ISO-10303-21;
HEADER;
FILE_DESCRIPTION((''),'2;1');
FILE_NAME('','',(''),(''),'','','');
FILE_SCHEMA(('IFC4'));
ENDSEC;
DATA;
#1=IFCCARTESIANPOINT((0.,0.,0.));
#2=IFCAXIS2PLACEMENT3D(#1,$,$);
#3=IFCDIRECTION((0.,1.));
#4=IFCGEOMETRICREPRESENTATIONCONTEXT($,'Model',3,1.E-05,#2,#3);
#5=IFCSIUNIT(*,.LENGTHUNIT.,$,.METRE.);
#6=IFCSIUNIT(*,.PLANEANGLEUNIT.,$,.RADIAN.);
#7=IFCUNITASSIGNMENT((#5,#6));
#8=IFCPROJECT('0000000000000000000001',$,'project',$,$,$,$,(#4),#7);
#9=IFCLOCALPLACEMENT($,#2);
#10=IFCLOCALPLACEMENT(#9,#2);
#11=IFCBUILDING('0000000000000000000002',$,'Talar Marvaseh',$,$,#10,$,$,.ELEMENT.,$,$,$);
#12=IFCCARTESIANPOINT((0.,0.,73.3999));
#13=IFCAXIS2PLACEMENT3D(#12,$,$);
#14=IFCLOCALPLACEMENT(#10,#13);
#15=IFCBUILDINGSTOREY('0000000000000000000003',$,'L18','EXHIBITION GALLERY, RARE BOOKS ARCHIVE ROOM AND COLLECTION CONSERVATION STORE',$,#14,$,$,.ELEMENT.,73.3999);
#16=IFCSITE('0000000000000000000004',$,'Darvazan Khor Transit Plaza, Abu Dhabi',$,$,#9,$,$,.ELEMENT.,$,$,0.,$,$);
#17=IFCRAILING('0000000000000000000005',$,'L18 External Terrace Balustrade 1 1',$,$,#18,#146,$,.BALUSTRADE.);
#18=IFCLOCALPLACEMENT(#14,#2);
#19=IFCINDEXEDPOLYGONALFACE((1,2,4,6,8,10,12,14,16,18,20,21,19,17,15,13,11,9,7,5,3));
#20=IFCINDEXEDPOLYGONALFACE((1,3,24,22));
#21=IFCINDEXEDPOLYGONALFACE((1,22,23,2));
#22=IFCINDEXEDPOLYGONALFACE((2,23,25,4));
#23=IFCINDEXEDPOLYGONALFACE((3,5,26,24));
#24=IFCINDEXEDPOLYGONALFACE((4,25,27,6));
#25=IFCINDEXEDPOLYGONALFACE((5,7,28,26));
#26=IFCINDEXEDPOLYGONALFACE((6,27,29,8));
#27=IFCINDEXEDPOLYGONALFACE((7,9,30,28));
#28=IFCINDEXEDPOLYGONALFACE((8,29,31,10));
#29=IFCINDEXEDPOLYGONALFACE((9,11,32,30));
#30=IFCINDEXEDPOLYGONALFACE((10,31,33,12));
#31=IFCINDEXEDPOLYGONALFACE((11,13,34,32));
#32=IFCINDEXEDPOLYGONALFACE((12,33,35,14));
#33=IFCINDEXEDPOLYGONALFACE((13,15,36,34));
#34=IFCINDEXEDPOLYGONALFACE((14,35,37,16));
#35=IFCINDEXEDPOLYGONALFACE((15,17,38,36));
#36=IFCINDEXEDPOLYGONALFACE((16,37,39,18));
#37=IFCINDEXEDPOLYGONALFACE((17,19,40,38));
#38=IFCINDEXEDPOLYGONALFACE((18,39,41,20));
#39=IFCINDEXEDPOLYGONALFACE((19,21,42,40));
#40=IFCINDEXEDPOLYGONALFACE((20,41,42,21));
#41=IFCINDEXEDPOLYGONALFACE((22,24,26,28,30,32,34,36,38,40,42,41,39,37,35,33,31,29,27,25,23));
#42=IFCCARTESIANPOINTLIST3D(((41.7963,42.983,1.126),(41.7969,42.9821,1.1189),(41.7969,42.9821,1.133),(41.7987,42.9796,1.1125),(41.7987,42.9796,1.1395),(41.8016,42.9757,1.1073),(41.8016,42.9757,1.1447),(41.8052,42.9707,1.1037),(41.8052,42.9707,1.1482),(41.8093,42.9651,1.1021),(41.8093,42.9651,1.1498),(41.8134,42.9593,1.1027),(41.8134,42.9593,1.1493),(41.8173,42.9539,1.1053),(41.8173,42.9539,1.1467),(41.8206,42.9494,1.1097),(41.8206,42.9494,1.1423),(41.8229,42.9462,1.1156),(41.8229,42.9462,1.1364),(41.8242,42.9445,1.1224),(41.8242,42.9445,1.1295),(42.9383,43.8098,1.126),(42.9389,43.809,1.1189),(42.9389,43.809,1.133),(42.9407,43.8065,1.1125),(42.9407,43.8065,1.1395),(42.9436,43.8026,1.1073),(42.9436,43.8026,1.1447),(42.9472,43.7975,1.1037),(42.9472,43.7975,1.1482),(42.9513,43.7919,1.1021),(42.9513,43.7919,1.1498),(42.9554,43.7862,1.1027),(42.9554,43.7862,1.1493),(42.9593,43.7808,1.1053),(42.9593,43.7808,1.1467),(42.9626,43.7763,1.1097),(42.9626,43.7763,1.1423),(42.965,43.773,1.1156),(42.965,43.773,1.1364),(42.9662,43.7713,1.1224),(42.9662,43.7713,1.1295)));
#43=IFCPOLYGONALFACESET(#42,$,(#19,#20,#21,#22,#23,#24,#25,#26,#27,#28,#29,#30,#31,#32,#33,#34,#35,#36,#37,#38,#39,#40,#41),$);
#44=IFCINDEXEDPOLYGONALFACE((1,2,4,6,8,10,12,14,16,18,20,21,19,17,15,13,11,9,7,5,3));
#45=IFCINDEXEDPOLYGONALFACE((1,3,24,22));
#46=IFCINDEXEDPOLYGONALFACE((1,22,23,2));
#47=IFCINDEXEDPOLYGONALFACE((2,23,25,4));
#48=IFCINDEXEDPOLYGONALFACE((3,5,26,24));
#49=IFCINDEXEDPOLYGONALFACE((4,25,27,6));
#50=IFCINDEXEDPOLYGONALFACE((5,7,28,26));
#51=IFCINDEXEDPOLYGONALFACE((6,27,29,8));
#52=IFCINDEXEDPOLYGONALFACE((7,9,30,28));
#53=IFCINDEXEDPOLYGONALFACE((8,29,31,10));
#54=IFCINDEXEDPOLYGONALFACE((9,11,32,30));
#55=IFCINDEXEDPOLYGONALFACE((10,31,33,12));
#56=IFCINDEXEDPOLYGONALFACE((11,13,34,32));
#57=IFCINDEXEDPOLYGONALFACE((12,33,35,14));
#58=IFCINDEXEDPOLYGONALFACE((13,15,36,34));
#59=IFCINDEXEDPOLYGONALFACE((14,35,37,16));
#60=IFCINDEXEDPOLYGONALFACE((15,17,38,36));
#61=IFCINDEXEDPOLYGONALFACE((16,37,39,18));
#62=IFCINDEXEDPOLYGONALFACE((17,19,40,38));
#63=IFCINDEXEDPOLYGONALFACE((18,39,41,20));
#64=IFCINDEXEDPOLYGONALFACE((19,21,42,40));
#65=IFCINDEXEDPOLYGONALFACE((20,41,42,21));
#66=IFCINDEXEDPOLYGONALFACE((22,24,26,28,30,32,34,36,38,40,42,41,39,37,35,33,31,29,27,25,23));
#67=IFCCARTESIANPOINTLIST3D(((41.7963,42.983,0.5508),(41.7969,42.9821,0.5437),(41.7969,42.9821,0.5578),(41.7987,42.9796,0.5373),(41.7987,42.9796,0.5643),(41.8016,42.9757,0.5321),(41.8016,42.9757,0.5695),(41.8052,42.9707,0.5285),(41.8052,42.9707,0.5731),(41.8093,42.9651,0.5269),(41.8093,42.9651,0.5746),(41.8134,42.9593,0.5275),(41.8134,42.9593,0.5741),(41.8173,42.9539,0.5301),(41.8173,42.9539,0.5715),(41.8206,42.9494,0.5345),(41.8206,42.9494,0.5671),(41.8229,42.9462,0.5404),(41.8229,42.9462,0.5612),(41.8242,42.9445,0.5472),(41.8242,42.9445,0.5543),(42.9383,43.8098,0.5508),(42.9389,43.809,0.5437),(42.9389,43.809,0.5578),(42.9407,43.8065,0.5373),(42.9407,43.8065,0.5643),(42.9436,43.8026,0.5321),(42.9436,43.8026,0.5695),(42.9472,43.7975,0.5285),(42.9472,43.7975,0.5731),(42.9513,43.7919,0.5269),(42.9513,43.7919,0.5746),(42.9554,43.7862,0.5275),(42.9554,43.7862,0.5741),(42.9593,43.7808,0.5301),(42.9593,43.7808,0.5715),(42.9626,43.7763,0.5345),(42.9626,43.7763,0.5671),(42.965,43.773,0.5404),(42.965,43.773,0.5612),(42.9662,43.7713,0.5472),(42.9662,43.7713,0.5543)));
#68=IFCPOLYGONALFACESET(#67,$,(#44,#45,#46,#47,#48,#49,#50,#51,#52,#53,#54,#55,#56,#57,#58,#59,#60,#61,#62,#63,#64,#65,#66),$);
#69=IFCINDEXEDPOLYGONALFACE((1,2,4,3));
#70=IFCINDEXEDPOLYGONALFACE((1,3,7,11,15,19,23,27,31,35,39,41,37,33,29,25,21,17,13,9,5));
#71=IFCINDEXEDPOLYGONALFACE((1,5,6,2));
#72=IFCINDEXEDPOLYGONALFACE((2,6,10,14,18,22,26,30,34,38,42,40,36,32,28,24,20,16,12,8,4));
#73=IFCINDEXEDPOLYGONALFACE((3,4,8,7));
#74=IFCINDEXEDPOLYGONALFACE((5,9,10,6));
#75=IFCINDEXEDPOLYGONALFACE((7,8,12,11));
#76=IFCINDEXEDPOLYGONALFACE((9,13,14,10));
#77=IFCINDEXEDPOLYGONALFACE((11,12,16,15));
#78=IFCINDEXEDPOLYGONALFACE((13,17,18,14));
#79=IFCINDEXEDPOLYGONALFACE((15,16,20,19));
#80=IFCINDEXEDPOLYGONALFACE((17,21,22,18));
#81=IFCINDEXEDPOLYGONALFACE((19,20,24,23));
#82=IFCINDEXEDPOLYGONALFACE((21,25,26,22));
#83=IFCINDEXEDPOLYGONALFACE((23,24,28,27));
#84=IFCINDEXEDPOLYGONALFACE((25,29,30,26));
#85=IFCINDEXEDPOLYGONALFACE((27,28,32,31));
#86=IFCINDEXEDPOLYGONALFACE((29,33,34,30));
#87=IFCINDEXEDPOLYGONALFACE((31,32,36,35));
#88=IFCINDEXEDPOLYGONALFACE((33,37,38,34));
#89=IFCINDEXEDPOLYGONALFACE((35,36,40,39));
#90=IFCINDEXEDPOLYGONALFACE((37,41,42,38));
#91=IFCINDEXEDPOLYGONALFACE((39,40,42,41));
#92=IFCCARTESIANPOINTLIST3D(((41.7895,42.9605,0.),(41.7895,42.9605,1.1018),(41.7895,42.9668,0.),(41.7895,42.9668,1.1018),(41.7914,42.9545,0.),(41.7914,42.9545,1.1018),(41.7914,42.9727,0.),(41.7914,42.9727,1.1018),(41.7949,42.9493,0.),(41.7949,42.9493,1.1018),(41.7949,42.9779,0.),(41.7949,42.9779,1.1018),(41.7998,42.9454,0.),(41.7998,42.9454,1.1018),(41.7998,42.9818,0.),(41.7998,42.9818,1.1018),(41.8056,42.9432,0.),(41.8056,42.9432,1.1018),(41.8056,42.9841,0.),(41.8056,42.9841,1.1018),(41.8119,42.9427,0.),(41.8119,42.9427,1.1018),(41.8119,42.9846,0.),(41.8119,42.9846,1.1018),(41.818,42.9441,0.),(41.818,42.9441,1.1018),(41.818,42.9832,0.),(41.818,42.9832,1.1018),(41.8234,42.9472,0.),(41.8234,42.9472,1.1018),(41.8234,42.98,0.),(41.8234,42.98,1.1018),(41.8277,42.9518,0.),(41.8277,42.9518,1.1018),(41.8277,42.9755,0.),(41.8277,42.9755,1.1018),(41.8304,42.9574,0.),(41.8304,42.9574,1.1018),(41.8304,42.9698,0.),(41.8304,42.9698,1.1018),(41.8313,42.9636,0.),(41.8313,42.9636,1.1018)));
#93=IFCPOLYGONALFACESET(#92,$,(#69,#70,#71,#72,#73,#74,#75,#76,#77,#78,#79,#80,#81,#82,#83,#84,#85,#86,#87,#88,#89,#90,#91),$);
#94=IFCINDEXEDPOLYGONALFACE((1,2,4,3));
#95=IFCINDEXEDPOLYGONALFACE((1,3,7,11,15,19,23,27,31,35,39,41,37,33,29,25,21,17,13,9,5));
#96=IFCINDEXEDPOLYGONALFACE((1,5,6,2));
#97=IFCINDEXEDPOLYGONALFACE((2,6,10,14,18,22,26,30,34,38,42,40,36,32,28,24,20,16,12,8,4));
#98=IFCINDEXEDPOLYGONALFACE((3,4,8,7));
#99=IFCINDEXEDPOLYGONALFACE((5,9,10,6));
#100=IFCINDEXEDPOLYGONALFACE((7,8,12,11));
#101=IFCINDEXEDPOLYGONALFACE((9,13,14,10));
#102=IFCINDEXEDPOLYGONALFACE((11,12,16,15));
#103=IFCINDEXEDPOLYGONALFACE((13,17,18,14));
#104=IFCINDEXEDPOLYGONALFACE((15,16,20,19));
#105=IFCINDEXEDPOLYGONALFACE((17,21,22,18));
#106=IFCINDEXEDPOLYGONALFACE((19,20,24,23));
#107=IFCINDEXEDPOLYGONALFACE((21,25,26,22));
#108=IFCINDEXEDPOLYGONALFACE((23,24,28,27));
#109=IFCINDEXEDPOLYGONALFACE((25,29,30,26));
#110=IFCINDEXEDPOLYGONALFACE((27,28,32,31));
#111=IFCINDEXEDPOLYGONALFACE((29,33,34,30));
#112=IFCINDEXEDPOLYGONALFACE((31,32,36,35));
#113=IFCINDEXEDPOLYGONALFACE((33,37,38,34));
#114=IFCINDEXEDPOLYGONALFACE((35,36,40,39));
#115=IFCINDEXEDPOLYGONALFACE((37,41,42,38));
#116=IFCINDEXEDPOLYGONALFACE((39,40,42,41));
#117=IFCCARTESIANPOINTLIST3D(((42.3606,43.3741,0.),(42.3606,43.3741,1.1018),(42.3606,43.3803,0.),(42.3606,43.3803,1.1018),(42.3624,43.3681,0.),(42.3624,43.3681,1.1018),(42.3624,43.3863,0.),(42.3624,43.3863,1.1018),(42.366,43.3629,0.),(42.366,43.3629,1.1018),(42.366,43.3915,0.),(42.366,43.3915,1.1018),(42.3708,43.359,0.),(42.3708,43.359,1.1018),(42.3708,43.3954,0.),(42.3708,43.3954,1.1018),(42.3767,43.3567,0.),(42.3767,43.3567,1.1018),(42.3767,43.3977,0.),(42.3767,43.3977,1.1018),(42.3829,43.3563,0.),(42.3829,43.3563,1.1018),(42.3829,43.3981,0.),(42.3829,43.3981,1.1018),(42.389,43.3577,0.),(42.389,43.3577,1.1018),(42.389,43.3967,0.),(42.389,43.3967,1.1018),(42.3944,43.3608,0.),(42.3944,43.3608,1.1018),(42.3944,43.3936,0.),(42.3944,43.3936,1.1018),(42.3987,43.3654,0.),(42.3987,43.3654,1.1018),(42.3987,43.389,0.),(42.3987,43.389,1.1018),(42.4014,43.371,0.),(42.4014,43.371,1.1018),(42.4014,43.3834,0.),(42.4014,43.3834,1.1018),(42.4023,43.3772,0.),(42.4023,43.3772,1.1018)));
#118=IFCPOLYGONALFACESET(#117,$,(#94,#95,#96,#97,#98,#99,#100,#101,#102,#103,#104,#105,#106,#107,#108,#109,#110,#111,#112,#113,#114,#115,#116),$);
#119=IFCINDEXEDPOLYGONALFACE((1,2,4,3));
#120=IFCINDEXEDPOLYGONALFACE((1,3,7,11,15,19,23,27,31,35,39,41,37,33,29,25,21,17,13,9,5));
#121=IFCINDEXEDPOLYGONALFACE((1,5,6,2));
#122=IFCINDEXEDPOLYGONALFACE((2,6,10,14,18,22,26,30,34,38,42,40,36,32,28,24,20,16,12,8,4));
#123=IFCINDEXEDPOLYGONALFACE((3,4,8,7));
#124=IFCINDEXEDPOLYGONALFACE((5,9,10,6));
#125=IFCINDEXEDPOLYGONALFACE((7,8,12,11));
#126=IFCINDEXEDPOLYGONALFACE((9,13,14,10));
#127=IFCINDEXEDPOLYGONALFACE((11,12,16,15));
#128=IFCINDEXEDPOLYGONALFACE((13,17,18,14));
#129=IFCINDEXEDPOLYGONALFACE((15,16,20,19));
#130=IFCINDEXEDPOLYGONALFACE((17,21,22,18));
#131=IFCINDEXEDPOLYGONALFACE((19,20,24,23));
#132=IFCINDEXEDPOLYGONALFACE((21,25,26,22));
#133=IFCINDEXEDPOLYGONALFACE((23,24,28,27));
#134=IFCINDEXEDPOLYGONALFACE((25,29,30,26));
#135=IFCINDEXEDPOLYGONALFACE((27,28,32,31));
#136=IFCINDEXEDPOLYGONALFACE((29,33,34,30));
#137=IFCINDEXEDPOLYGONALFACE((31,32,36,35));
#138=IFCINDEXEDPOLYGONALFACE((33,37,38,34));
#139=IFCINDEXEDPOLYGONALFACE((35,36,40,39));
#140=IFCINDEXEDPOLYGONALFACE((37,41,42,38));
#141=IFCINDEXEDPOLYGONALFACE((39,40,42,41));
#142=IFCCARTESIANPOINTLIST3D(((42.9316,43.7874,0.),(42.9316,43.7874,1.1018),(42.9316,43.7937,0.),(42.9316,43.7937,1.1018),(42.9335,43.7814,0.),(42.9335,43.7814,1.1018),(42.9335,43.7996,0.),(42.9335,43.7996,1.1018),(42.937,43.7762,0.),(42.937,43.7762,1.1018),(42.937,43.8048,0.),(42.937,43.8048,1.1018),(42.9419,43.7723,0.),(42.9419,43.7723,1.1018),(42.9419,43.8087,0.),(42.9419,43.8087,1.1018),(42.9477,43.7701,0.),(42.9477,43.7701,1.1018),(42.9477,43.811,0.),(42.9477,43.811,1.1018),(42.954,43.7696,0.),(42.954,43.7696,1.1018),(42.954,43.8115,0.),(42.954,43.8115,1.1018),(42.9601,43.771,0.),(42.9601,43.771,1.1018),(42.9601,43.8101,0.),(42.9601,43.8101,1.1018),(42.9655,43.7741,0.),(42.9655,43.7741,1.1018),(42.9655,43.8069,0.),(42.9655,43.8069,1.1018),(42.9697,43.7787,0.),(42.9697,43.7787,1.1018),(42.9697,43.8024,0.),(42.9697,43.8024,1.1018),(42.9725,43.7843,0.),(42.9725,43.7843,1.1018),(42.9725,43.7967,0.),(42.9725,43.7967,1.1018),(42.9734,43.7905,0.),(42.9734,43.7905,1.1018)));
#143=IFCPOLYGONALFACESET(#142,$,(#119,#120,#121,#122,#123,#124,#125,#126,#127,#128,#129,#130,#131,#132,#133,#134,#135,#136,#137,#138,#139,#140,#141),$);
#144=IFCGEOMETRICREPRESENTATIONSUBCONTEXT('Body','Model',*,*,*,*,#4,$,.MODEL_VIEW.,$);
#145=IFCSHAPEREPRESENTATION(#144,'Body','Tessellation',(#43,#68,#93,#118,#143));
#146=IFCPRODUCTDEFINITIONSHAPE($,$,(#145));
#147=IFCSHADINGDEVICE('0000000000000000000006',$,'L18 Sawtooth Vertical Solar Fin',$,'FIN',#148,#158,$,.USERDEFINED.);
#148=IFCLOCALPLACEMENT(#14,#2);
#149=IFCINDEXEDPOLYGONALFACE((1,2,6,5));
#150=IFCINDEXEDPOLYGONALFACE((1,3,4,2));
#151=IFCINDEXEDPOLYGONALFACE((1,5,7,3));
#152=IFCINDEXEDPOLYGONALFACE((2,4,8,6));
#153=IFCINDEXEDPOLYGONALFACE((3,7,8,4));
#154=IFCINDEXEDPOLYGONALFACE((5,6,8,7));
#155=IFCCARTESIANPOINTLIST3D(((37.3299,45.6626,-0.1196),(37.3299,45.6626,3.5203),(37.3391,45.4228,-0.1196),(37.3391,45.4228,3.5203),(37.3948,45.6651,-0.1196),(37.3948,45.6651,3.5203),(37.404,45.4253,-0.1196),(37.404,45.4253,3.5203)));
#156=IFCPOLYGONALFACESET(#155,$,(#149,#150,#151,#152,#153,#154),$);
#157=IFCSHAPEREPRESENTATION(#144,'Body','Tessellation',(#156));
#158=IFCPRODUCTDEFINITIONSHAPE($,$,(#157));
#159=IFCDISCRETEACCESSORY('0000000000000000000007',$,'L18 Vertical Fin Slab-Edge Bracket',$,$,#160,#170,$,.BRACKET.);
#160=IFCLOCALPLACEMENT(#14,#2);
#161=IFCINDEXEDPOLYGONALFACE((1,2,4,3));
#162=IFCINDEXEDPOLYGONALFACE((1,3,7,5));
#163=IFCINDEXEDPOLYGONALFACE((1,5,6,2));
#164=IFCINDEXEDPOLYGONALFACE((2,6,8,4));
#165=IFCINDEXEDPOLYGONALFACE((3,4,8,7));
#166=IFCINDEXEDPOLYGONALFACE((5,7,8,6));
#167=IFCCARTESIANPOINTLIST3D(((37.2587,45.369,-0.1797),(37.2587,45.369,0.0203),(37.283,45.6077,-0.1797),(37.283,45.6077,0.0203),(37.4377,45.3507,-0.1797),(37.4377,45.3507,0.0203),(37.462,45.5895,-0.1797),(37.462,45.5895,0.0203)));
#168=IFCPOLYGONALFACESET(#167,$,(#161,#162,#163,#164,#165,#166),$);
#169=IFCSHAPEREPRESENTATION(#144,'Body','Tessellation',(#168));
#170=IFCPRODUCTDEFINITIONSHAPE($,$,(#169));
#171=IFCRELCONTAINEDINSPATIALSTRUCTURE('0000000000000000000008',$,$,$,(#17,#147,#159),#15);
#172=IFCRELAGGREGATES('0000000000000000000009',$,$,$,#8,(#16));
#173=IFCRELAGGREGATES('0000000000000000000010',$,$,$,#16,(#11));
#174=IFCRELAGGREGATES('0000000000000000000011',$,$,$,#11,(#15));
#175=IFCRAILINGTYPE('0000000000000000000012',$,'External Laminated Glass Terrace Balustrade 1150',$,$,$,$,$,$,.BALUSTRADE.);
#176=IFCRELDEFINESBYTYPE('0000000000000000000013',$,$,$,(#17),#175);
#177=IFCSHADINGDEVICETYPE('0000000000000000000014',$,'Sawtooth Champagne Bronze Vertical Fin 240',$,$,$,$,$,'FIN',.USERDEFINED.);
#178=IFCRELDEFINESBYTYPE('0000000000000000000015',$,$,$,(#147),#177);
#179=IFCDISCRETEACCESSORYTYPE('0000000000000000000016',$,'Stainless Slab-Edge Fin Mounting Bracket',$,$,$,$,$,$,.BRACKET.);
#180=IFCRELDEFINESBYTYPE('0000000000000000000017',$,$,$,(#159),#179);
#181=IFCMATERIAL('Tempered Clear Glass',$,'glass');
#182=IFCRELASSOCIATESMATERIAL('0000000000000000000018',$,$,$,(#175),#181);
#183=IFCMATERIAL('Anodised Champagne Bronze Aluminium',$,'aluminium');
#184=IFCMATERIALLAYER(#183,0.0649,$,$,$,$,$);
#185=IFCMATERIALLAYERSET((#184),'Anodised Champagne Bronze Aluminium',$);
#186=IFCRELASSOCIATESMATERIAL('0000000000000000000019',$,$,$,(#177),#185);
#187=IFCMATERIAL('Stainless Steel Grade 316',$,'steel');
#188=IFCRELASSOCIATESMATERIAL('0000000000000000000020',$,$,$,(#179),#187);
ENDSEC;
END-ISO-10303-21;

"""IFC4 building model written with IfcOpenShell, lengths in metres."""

from ifc_helpers import new_model, si_unit, direction, frame, origin, origin_2d, place, context, subcontext, project, spatial, rectangle, circle, extrude, source, transform, mapped, material, layer, layer_set, type_object, type_shapes, element, save


model = new_model("IFC4")

# Units and contexts
model_context = context("Model", 3, precision=1e-05, world=origin(), true_north=direction((0.0, 1.0)))
body_context = subcontext(model_context, "Body", "Model", "MODEL_VIEW")
ifc_project = project(units=[si_unit("LENGTHUNIT", "METRE"), si_unit("PLANEANGLEUNIT", "RADIAN")], contexts=[model_context])

# Site, building, storey
site_placement = place(None, origin())
site = spatial("IfcSite", under=ifc_project, at=site_placement, Name="Darvazan Khor Transit Plaza, Abu Dhabi", CompositionType="ELEMENT", RefElevation=0.0)
building_placement = place(site_placement, origin())
building = spatial("IfcBuilding", under=site, at=building_placement, Name="Talar Marvaseh", CompositionType="ELEMENT")
storey_placement = place(building_placement, frame((0.0, 0.0, 73.3999)))
storey = spatial("IfcBuildingStorey", under=building, at=storey_placement, Name="L18", Description="EXHIBITION GALLERY, RARE BOOKS ARCHIVE ROOM AND COLLECTION CONSERVATION STORE", CompositionType="ELEMENT", Elevation=73.3999)

# Railing
ifc_material_1 = material(Name="Tempered Clear Glass", Category="glass")
railing_type = type_object("IfcRailingType", Name="External Laminated Glass Terrace Balustrade 1150", PredefinedType="BALUSTRADE", material=ifc_material_1)
railing_1_placement = place(storey_placement, frame((41.8103, 42.9636, 0.0)))
element("IfcRailing", 1, at=railing_1_placement, inside=storey, type_object=railing_type, Name="L18 External Terrace Balustrade 1 1", PredefinedType="BALUSTRADE", context=body_context, shape_type="SweptSolid", body=[
    extrude(circle(Radius=0.0239, at=origin_2d()), frame((0.0, 0.0, 1.126), z_axis=(0.809985, 0.586451, 0.0), x_axis=(-0.586451, 0.809985, 0.0)), (0.0, 0.0, 1.0), 1.4099),
    extrude(circle(Radius=0.0239, at=origin_2d()), frame((0.0, 0.0, 0.5508), z_axis=(0.809985, 0.586451, 0.0), x_axis=(-0.586451, 0.809985, 0.0)), (0.0, 0.0, 1.0), 1.4099),
    extrude(circle(Radius=0.021, at=origin_2d()), origin(), (0.0, 0.0, 1.0), 1.1018),
    extrude(circle(Radius=0.021, at=origin_2d()), frame((0.571, 0.4136, 0.0)), (0.0, 0.0, 1.0), 1.1018),
    extrude(circle(Radius=0.021, at=origin_2d()), frame((1.1421, 0.8269, 0.0)), (0.0, 0.0, 1.0), 1.1018),
])

# Shading device
ifc_material_2 = material(Name="Anodised Champagne Bronze Aluminium", Category="aluminium")
ifc_layer_1 = layer(ifc_material_2, 0.0649)
ifc_layer_set_1 = layer_set([ifc_layer_1], Name="Anodised Champagne Bronze Aluminium")
shading_device_type = type_object("IfcShadingDeviceType", Name="Sawtooth Champagne Bronze Vertical Fin 240", ElementType="FIN", PredefinedType="USERDEFINED", material=ifc_layer_set_1)
shared_shape_1 = source(origin(), body_context, "Body", "SweptSolid", [
    extrude(rectangle(XDim=0.24, YDim=0.0649, at=origin_2d()), origin(), (0.0, 0.0, 1.0), 3.6399),
])
type_shapes(shading_device_type, [shared_shape_1])
shading_device_placement = place(storey_placement, frame((37.3669, 45.5439, -0.1196), z_axis=(0.0, 0.0, 1.0), x_axis=(-0.038039, 0.999276, 0.0)))
element("IfcShadingDevice", 2, at=shading_device_placement, inside=storey, type_object=shading_device_type, Name="L18 Sawtooth Vertical Solar Fin", ObjectType="FIN", PredefinedType="USERDEFINED", context=body_context, shape_type="MappedRepresentation", body=[
    mapped(shared_shape_1, transform((0.0, 0.0, 0.0), x_axis=(1.0, 0.0, 0.0), y_axis=(0.0, 1.0, 0.0), z_axis=(0.0, 0.0, 1.0), scale=1.0)),
])

# Discrete accessory
ifc_material_3 = material(Name="Stainless Steel Grade 316", Category="steel")
discrete_accessory_type = type_object("IfcDiscreteAccessoryType", Name="Stainless Slab-Edge Fin Mounting Bracket", PredefinedType="BRACKET", material=ifc_material_3)
shared_shape_2 = source(origin(), body_context, "Body", "SweptSolid", [
    extrude(rectangle(XDim=0.24, YDim=0.1799, at=origin_2d()), origin(), (0.0, 0.0, 1.0), 0.2),
])
type_shapes(discrete_accessory_type, [shared_shape_2])
discrete_accessory_placement = place(storey_placement, frame((37.3604, 45.4792, -0.1797), z_axis=(0.0, 0.0, 1.0), x_axis=(0.101404, 0.994845, 0.0)))
element("IfcDiscreteAccessory", 3, at=discrete_accessory_placement, inside=storey, type_object=discrete_accessory_type, Name="L18 Vertical Fin Slab-Edge Bracket", PredefinedType="BRACKET", context=body_context, shape_type="MappedRepresentation", body=[
    mapped(shared_shape_2, transform((0.0, 0.0, 0.0), x_axis=(1.0, 0.0, 0.0), y_axis=(0.0, 1.0, 0.0), z_axis=(0.0, 0.0, 1.0), scale=1.0)),
])

save(model, "model.ifc")
